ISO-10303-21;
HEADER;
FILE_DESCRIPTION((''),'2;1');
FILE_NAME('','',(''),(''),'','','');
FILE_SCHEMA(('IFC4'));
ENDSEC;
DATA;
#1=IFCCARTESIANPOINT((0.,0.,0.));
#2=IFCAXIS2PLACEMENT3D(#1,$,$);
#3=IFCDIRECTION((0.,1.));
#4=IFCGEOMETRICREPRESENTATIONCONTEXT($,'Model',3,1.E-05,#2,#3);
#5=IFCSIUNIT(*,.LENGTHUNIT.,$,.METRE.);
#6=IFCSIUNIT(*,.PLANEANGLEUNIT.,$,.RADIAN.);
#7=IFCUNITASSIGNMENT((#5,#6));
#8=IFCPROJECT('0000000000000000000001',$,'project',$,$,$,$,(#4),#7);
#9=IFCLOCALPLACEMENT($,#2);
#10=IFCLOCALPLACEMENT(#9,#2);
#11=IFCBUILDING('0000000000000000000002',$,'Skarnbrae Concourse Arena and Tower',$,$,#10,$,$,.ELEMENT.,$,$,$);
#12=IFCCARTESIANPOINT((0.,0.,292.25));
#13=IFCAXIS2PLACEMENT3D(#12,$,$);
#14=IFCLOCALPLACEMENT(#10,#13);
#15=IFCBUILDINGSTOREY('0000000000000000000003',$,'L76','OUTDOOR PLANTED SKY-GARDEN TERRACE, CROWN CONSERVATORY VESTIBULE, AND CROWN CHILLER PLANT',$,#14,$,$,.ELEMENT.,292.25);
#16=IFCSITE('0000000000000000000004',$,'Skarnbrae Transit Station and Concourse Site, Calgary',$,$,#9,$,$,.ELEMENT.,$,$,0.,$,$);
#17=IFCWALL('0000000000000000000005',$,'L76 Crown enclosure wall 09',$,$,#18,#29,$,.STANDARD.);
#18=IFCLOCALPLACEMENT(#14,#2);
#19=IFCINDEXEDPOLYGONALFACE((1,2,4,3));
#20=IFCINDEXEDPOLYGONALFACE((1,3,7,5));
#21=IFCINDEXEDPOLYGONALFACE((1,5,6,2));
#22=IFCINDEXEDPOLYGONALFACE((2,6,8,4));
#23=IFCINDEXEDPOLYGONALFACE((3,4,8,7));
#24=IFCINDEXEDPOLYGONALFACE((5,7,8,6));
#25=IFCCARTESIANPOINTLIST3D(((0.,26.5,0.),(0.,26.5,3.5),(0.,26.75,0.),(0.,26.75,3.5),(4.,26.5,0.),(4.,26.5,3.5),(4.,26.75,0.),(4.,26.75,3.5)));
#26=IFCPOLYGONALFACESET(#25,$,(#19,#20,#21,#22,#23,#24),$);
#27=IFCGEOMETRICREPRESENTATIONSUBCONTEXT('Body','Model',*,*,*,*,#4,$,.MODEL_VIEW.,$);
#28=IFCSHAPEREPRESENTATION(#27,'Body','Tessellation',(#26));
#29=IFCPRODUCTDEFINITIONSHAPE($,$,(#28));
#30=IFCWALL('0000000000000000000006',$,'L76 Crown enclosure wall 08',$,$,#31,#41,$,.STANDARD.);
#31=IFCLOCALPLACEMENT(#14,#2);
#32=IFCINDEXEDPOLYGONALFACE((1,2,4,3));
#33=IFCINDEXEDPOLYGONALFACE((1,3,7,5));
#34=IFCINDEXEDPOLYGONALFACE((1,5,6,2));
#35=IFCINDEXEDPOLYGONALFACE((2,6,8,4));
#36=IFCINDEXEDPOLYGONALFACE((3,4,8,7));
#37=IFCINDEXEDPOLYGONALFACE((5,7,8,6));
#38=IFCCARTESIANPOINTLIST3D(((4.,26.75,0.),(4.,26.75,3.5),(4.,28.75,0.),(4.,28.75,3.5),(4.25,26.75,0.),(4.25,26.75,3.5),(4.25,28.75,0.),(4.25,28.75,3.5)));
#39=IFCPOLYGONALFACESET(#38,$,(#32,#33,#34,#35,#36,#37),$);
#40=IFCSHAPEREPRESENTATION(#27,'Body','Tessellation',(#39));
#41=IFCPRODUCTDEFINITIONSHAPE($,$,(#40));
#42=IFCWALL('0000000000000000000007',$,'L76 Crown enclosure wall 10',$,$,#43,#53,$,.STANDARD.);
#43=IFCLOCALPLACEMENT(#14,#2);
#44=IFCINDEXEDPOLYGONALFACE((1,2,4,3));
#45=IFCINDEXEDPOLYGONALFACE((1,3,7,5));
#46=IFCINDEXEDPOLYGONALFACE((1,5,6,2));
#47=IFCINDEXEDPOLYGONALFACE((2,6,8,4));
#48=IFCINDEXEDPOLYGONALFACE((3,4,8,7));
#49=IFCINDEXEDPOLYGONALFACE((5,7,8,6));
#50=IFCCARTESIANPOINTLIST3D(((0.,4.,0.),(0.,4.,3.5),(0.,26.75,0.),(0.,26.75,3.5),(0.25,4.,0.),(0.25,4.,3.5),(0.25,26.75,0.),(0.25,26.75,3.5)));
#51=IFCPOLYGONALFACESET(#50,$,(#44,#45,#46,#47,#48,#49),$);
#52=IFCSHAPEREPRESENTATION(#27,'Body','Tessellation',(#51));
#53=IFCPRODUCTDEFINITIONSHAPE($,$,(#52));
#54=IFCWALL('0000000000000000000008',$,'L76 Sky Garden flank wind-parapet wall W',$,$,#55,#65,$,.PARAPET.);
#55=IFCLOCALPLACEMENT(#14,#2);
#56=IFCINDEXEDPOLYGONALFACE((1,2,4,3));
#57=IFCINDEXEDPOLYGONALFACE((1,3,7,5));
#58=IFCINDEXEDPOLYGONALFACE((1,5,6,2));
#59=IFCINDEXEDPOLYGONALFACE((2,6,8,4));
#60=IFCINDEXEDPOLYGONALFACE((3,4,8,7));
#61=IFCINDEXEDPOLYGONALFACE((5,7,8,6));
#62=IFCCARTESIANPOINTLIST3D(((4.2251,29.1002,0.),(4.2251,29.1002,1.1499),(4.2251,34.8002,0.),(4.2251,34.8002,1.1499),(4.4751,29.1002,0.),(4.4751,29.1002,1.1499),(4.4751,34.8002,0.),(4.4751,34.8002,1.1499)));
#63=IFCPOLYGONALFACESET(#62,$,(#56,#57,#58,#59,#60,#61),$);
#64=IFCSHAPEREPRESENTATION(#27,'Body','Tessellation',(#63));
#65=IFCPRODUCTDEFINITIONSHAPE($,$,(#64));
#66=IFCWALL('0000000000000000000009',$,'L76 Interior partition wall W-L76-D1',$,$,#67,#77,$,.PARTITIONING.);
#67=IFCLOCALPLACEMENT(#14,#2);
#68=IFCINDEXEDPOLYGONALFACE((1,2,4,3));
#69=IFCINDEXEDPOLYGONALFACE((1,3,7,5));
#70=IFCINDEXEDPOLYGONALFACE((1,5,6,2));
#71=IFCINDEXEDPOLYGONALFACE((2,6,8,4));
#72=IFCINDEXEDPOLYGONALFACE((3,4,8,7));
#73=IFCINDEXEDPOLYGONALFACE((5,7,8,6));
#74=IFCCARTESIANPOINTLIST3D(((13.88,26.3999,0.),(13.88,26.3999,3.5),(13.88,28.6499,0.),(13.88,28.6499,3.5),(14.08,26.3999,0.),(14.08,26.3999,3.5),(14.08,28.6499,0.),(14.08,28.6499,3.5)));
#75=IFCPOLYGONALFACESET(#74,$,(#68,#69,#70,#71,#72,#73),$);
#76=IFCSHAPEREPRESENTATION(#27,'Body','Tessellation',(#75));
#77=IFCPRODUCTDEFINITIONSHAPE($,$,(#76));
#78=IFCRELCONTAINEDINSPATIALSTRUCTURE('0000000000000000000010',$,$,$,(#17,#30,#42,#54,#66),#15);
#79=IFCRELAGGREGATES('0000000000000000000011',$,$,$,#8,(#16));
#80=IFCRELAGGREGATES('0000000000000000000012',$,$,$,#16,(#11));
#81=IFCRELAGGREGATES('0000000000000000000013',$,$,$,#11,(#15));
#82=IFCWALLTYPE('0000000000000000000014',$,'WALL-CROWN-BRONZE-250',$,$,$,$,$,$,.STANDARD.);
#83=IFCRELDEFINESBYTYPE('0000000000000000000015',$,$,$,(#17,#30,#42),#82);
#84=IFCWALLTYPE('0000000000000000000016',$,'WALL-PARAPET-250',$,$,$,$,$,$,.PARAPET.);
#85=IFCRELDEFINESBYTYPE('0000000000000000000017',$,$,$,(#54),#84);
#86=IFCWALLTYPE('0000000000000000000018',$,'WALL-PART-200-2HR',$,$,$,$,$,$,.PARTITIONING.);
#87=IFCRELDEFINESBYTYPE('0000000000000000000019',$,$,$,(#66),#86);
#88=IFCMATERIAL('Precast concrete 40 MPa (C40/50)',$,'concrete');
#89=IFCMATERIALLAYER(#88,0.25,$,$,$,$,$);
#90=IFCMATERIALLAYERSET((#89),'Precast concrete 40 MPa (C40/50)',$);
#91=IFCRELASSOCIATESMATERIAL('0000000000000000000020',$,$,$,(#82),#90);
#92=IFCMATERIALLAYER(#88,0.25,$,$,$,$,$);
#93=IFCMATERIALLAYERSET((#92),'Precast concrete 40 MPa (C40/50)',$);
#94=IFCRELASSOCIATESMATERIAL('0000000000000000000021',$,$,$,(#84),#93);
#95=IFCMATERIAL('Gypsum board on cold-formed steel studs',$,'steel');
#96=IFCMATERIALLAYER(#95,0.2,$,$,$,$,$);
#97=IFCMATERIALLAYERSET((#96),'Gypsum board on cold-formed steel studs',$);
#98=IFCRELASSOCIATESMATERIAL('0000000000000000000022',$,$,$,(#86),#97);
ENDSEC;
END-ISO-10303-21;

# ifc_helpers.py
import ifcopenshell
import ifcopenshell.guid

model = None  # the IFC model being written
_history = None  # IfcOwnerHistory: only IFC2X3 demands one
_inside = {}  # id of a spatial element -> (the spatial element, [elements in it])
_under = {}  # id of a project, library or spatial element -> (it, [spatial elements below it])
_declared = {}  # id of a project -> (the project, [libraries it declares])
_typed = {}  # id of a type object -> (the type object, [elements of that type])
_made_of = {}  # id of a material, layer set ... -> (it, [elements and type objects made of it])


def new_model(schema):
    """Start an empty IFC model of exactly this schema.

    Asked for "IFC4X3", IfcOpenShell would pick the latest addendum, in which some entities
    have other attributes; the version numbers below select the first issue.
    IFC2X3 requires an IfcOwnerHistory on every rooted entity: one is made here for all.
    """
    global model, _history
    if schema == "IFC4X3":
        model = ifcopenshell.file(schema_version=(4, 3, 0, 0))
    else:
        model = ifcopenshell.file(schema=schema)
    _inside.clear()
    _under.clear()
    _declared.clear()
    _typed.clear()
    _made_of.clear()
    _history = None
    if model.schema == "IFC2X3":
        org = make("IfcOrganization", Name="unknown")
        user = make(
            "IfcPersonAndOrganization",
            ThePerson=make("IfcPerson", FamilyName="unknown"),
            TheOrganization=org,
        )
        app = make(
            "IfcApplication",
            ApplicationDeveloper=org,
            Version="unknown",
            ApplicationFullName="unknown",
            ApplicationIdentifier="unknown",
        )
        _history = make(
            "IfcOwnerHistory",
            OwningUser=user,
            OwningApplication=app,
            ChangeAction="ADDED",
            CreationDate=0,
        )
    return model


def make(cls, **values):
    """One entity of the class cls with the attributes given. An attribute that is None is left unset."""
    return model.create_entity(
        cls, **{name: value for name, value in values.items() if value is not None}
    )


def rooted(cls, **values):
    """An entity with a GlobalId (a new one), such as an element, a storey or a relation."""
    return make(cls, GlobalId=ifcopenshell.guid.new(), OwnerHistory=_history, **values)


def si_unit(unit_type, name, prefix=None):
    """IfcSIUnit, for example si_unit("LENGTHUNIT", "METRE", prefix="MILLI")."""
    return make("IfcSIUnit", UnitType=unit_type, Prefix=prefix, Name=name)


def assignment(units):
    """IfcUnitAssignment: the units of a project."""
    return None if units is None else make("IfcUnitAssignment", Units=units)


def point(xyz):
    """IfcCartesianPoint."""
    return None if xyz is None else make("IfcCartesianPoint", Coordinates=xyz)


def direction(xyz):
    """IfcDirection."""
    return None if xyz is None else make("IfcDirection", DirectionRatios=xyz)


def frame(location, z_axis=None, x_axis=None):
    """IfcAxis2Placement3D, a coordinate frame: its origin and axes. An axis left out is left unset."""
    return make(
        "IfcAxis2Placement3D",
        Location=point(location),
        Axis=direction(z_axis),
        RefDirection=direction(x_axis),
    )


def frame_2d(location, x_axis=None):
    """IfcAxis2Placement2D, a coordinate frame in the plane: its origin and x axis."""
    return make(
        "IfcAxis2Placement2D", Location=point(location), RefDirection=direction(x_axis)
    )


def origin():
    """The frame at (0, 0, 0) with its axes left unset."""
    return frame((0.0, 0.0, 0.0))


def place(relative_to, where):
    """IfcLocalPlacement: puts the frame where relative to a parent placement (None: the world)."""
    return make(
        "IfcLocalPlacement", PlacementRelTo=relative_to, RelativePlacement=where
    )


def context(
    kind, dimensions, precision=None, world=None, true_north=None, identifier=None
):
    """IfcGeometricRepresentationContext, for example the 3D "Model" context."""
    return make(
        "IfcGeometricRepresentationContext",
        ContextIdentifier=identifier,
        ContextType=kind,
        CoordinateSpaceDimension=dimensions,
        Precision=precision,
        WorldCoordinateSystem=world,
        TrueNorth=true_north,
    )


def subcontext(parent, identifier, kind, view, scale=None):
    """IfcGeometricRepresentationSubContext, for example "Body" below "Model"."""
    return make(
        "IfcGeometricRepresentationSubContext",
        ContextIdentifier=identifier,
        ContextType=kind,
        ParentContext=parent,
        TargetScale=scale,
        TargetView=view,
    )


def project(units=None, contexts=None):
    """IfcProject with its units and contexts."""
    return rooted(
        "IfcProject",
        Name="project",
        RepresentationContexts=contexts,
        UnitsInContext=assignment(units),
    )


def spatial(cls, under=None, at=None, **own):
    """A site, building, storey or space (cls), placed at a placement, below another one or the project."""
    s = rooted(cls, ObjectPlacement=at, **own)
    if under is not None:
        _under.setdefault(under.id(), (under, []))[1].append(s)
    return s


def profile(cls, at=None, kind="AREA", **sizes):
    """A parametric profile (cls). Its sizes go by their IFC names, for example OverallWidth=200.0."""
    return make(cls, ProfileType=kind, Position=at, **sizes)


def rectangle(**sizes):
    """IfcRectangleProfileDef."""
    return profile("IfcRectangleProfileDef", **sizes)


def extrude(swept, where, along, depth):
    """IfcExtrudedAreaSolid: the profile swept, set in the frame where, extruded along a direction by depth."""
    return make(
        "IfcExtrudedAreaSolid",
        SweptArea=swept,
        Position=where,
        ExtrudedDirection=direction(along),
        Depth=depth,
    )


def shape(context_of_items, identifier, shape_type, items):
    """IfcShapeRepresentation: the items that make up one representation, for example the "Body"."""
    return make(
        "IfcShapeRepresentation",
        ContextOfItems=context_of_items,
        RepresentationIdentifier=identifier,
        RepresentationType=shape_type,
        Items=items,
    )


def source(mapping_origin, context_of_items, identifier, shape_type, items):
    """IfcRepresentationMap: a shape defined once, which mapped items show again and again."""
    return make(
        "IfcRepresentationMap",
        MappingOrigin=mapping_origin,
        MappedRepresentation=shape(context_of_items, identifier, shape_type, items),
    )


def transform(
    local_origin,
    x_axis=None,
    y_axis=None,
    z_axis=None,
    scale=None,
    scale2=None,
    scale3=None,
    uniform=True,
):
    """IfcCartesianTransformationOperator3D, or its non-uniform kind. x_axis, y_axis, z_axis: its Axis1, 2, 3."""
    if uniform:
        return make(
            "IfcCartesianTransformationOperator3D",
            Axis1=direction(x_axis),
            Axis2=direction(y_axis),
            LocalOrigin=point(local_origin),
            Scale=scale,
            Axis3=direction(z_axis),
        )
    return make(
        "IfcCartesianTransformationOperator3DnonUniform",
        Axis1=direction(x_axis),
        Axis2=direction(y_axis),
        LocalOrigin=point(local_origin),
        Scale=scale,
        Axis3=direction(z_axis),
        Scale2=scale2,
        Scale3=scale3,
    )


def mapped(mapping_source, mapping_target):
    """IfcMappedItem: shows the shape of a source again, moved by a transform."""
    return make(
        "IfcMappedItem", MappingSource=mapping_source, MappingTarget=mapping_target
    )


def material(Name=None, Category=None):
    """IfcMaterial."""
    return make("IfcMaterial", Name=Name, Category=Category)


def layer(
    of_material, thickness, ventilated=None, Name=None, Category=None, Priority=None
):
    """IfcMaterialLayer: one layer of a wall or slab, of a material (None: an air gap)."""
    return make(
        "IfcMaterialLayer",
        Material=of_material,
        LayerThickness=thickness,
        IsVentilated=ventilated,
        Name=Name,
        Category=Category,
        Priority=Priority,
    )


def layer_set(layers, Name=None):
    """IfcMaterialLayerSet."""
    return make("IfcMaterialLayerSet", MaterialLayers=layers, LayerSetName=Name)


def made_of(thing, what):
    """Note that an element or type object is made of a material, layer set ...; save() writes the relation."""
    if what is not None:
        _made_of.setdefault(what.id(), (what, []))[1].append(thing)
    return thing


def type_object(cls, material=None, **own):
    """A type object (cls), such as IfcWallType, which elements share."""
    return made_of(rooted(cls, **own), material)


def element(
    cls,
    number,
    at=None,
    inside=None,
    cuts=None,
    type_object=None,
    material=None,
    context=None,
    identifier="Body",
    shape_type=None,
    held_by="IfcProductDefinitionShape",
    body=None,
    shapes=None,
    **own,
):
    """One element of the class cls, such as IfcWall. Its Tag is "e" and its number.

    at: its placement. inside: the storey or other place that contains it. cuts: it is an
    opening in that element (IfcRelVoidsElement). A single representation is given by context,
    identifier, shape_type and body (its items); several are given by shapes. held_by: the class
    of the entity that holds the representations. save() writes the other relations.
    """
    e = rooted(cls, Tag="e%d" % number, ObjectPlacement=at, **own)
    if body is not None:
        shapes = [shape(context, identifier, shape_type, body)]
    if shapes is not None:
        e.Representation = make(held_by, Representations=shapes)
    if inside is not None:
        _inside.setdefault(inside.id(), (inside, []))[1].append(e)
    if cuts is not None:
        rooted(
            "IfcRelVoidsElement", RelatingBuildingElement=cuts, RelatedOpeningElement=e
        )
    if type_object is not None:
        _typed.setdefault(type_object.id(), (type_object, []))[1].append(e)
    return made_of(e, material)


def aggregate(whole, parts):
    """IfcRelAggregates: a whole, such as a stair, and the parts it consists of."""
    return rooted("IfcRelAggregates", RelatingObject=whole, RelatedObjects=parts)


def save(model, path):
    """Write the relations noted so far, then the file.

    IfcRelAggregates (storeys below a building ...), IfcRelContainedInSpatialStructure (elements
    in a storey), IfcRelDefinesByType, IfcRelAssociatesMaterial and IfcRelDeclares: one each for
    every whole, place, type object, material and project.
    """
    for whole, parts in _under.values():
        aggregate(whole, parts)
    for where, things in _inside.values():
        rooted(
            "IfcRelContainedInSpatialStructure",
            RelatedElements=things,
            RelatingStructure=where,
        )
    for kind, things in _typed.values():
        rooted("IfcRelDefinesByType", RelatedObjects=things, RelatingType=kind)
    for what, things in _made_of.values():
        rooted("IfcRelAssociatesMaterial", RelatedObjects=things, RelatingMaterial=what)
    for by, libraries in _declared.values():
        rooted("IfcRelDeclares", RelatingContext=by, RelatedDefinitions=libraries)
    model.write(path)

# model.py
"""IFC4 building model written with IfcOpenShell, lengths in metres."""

from ifc_helpers import new_model, si_unit, direction, frame, frame_2d, origin, place, context, subcontext, project, spatial, rectangle, extrude, source, transform, mapped, material, layer, layer_set, type_object, element, save


model = new_model("IFC4")

# Units and contexts
model_context = context("Model", 3, precision=1e-05, world=origin(), true_north=direction((0.0, 1.0)))
body_context = subcontext(model_context, "Body", "Model", "MODEL_VIEW")
ifc_project = project(units=[si_unit("LENGTHUNIT", "METRE"), si_unit("PLANEANGLEUNIT", "RADIAN")], contexts=[model_context])

# Site, building, storey
site_placement = place(None, origin())
site = spatial("IfcSite", under=ifc_project, at=site_placement, Name="Skarnbrae Transit Station and Concourse Site, Calgary", CompositionType="ELEMENT", RefElevation=0.0)
building_placement = place(site_placement, origin())
building = spatial("IfcBuilding", under=site, at=building_placement, Name="Skarnbrae Concourse Arena and Tower", CompositionType="ELEMENT")
storey_placement = place(building_placement, frame((0.0, 0.0, 292.25)))
storey = spatial("IfcBuildingStorey", under=building, at=storey_placement, Name="L76", Description="OUTDOOR PLANTED SKY-GARDEN TERRACE, CROWN CONSERVATORY VESTIBULE, AND CROWN CHILLER PLANT", CompositionType="ELEMENT", Elevation=292.25)

# Walls
ifc_material_1 = material(Name="Precast concrete 40 MPa (C40/50)", Category="concrete")
ifc_layer_1 = layer(ifc_material_1, 0.25)
ifc_layer_set_1 = layer_set([ifc_layer_1], Name="Precast concrete 40 MPa (C40/50)")
wall_type_1 = type_object("IfcWallType", Name="WALL-CROWN-BRONZE-250", PredefinedType="STANDARD", material=ifc_layer_set_1)
shared_shape_1 = source(origin(), body_context, "Body", "SweptSolid", [
    extrude(rectangle(XDim=4.0, YDim=0.25, at=frame_2d((2.0, 0.0))), origin(), (0.0, 0.0, 1.0), 3.5),
])
wall_1_placement = place(storey_placement, frame((4.0, 26.625, 0.0), z_axis=(0.0, 0.0, 1.0), x_axis=(-1.0, 0.0, 0.0)))
element("IfcWall", 1, at=wall_1_placement, inside=storey, type_object=wall_type_1, Name="L76 Crown enclosure wall 09", PredefinedType="STANDARD", context=body_context, shape_type="MappedRepresentation", body=[
    mapped(shared_shape_1, transform((0.0, 0.0, 0.0))),
])
shared_shape_2 = source(origin(), body_context, "Body", "SweptSolid", [
    extrude(rectangle(XDim=2.0, YDim=0.25, at=frame_2d((1.0, 0.0))), origin(), (0.0, 0.0, 1.0), 3.5),
])
wall_2_placement = place(storey_placement, frame((4.125, 28.75, 0.0), z_axis=(0.0, 0.0, 1.0), x_axis=(0.0, -1.0, 0.0)))
element("IfcWall", 2, at=wall_2_placement, inside=storey, type_object=wall_type_1, Name="L76 Crown enclosure wall 08", PredefinedType="STANDARD", context=body_context, shape_type="MappedRepresentation", body=[
    mapped(shared_shape_2, transform((0.0, 0.0, 0.0))),
])
shared_shape_3 = source(origin(), body_context, "Body", "SweptSolid", [
    extrude(rectangle(XDim=22.75, YDim=0.25, at=frame_2d((11.375, 0.0))), origin(), (0.0, 0.0, 1.0), 3.5),
])
wall_3_placement = place(storey_placement, frame((0.125, 26.75, 0.0), z_axis=(0.0, 0.0, 1.0), x_axis=(0.0, -1.0, 0.0)))
element("IfcWall", 3, at=wall_3_placement, inside=storey, type_object=wall_type_1, Name="L76 Crown enclosure wall 10", PredefinedType="STANDARD", context=body_context, shape_type="MappedRepresentation", body=[
    mapped(shared_shape_3, transform((0.0, 0.0, 0.0))),
])
ifc_layer_2 = layer(ifc_material_1, 0.25)
ifc_layer_set_2 = layer_set([ifc_layer_2], Name="Precast concrete 40 MPa (C40/50)")
wall_type_2 = type_object("IfcWallType", Name="WALL-PARAPET-250", PredefinedType="PARAPET", material=ifc_layer_set_2)
shared_shape_4 = source(origin(), body_context, "Body", "SweptSolid", [
    extrude(rectangle(XDim=5.7, YDim=0.25, at=frame_2d((2.8501, 0.0))), origin(), (0.0, 0.0, 1.0), 1.1499),
])
wall_4_placement = place(storey_placement, frame((4.3501, 29.1001, 0.0), z_axis=(0.0, 0.0, 1.0), x_axis=(0.0, 1.0, 0.0)))
element("IfcWall", 4, at=wall_4_placement, inside=storey, type_object=wall_type_2, Name="L76 Sky Garden flank wind-parapet wall W", PredefinedType="PARAPET", context=body_context, shape_type="MappedRepresentation", body=[
    mapped(shared_shape_4, transform((0.0, 0.0, 0.0))),
])

# Wall
ifc_material_2 = material(Name="Gypsum board on cold-formed steel studs", Category="steel")
ifc_layer_3 = layer(ifc_material_2, 0.2)
ifc_layer_set_3 = layer_set([ifc_layer_3], Name="Gypsum board on cold-formed steel studs")
wall_type_3 = type_object("IfcWallType", Name="WALL-PART-200-2HR", PredefinedType="PARTITIONING", material=ifc_layer_set_3)
shared_shape_5 = source(origin(), body_context, "Body", "SweptSolid", [
    extrude(rectangle(XDim=2.25, YDim=0.2, at=frame_2d((1.125, 0.0))), origin(), (0.0, 0.0, 1.0), 3.5),
])
wall_5_placement = place(storey_placement, frame((13.98, 26.3999, 0.0), z_axis=(0.0, 0.0, 1.0), x_axis=(0.0, 1.0, 0.0)))
element("IfcWall", 5, at=wall_5_placement, inside=storey, type_object=wall_type_3, Name="L76 Interior partition wall W-L76-D1", PredefinedType="PARTITIONING", context=body_context, shape_type="MappedRepresentation", body=[
    mapped(shared_shape_5, transform((0.0, 0.0, 0.0))),
])

save(model, "model.ifc")
